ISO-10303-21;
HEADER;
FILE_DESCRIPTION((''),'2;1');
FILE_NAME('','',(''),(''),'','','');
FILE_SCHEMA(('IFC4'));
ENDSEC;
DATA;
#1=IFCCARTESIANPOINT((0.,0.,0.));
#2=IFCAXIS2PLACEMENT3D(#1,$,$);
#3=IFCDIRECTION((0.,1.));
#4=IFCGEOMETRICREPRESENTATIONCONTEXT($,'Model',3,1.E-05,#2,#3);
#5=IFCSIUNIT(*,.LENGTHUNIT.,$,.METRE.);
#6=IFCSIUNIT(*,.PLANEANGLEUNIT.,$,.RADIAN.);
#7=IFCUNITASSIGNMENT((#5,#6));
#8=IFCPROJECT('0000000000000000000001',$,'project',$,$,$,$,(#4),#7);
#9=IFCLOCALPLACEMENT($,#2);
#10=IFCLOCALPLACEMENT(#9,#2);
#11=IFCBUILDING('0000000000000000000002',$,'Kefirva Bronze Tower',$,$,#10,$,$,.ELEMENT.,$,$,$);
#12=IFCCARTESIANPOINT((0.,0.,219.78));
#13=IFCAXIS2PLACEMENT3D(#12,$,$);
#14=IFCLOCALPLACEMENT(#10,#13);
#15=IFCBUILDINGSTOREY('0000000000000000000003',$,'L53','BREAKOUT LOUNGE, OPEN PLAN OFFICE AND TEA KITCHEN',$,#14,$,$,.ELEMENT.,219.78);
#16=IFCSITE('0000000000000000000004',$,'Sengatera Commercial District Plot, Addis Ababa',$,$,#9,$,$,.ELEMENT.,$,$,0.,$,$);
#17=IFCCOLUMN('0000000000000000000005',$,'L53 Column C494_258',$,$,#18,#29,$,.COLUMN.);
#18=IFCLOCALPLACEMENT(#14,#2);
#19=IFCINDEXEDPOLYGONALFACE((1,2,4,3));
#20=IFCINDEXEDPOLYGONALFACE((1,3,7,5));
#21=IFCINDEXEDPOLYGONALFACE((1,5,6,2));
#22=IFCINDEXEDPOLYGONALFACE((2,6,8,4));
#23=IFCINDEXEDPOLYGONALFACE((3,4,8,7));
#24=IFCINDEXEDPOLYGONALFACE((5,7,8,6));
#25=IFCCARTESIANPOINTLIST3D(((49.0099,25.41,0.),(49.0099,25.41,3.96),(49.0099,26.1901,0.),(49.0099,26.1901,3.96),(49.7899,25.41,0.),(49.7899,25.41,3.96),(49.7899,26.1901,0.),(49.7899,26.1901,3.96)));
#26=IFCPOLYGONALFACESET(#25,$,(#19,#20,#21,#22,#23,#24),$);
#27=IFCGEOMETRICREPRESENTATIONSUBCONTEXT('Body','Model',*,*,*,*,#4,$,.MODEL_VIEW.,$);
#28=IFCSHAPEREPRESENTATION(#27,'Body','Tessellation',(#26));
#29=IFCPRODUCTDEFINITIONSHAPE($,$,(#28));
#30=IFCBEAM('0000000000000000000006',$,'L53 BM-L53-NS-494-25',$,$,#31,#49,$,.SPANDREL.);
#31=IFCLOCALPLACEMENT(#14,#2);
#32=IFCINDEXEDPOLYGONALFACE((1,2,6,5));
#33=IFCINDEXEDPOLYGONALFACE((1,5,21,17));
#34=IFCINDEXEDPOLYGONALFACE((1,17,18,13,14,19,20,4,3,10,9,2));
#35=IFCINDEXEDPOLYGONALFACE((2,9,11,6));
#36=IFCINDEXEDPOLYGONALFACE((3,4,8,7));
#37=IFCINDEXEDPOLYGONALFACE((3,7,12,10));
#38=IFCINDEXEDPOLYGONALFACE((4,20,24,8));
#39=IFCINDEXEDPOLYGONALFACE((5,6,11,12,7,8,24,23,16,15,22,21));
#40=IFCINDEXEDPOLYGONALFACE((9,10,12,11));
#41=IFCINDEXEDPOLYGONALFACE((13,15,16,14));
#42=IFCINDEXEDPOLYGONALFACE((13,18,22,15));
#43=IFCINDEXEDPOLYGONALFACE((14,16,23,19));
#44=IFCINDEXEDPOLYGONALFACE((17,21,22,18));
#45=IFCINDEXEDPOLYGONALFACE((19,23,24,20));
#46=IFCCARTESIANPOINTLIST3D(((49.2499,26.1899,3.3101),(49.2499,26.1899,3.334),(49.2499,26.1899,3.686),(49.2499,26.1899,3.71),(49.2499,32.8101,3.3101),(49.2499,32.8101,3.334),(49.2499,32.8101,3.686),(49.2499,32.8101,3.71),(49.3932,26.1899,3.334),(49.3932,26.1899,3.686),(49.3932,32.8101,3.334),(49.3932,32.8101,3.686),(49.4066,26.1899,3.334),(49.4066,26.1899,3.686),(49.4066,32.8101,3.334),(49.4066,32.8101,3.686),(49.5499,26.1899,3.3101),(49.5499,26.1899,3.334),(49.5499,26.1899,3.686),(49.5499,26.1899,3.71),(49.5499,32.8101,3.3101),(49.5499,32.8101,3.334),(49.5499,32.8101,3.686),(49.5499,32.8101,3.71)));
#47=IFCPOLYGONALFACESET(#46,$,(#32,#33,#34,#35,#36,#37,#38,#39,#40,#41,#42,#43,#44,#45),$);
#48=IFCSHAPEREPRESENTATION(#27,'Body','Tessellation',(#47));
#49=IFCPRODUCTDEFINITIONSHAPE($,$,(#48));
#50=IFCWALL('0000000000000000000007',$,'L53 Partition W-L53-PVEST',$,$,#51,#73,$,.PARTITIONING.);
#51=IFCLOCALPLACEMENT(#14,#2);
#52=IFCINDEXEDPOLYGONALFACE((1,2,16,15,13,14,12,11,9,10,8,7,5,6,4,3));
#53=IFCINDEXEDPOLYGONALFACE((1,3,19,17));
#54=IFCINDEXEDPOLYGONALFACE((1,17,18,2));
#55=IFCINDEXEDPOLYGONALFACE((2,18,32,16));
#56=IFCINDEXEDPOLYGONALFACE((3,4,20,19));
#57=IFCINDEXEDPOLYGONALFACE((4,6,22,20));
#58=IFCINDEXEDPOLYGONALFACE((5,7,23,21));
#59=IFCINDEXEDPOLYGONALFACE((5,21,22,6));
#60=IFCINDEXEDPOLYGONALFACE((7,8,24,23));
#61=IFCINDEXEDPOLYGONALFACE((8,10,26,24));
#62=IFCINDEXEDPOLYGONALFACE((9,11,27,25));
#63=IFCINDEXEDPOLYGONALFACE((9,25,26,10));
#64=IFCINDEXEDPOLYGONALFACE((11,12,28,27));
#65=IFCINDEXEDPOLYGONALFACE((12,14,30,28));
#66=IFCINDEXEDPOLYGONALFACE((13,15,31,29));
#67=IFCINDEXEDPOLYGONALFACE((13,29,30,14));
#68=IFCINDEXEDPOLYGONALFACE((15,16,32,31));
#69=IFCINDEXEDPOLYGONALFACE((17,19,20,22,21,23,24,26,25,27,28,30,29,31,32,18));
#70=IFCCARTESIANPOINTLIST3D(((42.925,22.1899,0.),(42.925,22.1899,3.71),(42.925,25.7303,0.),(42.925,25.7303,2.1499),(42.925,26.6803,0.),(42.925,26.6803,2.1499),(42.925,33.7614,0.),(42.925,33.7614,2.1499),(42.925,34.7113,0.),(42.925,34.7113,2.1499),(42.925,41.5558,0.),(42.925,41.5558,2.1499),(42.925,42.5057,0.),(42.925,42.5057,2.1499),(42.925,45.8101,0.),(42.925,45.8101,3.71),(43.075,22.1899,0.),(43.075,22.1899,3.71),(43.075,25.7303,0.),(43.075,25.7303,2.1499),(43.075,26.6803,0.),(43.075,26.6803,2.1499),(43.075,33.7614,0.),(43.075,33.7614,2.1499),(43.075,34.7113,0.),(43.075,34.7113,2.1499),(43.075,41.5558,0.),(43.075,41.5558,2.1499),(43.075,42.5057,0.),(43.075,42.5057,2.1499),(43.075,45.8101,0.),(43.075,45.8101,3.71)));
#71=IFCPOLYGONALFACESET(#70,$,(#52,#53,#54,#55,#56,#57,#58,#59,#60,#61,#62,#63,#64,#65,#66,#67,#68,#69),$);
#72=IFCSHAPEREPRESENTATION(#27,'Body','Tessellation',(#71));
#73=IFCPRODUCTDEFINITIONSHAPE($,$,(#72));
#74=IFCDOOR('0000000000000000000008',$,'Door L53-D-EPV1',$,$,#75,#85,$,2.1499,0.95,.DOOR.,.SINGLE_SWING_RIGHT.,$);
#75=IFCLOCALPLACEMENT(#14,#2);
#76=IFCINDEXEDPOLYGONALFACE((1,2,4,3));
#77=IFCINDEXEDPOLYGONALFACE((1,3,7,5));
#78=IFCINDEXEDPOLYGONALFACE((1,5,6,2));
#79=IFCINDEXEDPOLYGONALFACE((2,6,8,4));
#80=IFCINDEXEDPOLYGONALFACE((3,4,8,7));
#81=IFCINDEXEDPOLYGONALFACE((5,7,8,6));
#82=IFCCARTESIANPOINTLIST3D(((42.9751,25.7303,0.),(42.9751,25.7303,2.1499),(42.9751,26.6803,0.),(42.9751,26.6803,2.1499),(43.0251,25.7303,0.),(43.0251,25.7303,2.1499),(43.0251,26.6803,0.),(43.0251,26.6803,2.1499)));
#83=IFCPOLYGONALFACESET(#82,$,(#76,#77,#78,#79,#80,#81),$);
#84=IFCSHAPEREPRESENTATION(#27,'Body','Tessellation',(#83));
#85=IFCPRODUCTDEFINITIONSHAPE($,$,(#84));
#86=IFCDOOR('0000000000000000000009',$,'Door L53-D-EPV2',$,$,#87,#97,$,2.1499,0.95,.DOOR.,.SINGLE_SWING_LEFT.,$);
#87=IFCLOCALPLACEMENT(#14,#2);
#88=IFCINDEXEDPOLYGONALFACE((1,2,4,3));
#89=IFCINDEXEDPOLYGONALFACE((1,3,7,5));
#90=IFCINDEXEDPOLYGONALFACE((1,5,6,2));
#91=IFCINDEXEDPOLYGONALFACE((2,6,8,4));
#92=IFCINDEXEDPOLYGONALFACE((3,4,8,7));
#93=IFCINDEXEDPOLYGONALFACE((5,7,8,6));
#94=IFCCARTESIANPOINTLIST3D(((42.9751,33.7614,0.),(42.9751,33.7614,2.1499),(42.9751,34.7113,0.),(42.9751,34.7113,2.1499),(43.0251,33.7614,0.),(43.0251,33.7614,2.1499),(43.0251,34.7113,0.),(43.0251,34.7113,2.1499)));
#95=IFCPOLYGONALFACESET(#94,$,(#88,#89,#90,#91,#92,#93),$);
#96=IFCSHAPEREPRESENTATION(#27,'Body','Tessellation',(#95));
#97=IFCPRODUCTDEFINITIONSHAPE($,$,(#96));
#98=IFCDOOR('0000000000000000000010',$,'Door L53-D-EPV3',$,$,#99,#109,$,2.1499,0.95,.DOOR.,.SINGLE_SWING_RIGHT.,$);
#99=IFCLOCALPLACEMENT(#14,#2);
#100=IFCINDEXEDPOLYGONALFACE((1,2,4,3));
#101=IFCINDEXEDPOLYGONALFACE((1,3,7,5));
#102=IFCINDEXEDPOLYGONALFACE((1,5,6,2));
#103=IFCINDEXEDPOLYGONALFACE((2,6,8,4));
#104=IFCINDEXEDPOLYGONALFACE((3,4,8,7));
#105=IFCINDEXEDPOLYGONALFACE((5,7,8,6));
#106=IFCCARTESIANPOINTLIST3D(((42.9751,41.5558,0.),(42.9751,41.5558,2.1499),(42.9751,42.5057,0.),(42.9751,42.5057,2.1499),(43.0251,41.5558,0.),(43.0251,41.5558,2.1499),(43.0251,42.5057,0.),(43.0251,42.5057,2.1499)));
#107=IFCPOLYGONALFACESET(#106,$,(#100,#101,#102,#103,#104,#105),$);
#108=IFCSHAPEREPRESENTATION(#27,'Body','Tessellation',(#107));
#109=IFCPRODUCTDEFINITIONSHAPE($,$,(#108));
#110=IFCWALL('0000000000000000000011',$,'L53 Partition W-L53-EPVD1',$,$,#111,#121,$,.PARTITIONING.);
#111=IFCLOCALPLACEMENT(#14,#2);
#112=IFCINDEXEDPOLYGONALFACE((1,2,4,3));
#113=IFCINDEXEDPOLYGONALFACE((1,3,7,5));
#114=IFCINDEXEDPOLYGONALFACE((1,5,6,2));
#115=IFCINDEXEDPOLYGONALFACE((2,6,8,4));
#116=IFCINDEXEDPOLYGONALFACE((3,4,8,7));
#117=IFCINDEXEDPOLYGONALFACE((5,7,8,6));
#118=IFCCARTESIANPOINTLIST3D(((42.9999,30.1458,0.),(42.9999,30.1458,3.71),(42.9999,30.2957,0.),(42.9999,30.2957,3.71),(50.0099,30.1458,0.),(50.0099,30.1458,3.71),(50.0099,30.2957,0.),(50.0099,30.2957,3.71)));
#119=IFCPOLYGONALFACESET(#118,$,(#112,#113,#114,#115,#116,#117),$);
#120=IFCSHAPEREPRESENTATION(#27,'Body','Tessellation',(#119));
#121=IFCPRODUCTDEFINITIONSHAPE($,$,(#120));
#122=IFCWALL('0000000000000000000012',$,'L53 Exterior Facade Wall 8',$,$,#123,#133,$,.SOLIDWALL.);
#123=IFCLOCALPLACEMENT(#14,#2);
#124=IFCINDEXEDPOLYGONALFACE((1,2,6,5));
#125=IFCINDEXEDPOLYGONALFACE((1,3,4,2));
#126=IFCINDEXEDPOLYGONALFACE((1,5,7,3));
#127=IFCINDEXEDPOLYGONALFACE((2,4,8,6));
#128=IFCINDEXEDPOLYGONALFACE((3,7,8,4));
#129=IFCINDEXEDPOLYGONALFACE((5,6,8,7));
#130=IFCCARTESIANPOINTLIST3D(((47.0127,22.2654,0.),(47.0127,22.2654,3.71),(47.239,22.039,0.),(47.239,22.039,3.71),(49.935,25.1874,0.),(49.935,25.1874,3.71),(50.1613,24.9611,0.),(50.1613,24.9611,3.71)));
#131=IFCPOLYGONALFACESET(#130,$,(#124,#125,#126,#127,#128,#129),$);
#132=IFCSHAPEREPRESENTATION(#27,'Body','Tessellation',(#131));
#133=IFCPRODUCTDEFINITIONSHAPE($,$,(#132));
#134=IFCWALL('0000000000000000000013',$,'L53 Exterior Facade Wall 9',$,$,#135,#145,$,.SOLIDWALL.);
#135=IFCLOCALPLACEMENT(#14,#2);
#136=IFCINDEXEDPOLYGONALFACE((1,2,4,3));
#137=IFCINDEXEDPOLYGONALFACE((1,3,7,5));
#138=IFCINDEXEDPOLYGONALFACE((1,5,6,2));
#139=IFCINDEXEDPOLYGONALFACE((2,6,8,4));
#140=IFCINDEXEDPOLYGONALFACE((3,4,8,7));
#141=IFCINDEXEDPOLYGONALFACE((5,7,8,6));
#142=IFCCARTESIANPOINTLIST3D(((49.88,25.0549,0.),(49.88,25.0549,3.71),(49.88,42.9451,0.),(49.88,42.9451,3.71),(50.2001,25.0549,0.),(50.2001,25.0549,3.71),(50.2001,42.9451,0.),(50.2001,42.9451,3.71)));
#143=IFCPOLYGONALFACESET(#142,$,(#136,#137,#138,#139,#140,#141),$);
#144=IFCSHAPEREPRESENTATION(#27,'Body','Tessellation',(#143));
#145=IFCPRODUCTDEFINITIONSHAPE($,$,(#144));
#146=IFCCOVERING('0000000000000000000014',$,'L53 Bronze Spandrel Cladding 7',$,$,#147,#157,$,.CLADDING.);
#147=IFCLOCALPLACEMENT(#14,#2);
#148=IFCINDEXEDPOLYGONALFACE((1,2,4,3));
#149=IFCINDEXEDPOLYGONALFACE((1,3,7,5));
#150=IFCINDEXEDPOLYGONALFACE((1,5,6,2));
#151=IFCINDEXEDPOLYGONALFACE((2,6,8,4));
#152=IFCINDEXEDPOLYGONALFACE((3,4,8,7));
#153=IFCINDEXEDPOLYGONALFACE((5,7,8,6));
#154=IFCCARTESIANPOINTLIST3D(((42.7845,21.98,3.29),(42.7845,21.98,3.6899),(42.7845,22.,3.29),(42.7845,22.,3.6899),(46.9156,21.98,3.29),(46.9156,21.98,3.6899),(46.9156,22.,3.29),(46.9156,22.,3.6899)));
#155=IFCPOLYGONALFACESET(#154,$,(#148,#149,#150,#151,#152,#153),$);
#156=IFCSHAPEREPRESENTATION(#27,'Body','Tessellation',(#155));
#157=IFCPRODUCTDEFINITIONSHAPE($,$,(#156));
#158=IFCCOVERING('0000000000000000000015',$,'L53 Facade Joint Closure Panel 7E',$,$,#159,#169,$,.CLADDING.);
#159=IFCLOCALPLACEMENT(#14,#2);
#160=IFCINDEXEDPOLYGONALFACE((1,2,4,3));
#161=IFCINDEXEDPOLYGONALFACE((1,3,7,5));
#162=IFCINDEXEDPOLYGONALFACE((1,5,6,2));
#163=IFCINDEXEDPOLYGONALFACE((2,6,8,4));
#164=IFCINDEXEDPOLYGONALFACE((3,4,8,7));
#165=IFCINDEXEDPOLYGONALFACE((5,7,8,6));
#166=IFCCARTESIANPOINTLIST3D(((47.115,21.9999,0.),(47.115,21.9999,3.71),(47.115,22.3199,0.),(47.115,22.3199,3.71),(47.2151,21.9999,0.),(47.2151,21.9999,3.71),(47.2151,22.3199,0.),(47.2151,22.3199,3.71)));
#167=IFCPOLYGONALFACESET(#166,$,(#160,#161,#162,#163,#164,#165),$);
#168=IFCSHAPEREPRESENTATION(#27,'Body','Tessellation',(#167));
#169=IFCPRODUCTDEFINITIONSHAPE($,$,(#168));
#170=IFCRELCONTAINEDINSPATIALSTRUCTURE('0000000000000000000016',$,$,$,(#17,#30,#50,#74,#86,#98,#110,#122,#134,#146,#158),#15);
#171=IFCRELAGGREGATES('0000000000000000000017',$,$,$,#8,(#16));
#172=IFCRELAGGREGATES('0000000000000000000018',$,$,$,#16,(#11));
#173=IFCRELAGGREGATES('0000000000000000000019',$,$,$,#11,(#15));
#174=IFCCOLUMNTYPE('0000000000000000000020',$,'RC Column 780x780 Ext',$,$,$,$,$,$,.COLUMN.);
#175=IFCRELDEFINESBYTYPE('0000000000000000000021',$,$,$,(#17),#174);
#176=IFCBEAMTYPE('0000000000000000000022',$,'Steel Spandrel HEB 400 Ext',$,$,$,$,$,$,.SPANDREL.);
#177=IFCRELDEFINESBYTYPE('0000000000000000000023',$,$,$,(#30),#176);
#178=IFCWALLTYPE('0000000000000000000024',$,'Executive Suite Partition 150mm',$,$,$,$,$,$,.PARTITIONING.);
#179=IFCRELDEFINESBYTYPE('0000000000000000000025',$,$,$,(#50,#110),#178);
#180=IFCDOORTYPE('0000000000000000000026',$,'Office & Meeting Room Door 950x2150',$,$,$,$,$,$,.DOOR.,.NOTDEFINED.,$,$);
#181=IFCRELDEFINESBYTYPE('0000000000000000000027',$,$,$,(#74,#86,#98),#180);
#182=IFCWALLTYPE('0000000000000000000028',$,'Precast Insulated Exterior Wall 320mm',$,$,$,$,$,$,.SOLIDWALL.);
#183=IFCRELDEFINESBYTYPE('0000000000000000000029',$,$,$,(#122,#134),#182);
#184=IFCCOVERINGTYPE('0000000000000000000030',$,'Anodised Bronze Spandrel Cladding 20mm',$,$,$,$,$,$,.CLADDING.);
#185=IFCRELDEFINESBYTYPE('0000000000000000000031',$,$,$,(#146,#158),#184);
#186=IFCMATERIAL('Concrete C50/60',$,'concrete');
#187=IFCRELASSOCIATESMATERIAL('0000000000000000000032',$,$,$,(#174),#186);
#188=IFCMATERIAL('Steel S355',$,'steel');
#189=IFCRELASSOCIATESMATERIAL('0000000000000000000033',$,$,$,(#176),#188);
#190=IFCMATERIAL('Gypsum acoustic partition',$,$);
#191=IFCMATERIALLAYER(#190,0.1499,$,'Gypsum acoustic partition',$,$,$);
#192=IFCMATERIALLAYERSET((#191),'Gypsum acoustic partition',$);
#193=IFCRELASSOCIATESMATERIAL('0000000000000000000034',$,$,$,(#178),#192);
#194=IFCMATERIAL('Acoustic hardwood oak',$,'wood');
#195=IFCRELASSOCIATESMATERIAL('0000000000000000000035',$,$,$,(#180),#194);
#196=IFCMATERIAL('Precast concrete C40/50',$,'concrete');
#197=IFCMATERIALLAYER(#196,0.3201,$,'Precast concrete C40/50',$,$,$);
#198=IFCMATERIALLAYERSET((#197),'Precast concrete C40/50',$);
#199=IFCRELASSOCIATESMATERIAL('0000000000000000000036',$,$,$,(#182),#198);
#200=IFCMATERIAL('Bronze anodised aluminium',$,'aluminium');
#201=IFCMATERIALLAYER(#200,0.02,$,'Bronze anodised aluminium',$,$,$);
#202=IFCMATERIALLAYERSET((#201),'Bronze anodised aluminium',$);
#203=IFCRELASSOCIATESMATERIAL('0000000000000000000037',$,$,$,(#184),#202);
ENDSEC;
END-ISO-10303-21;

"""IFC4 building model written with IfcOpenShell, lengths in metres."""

from ifc_helpers import new_model, si_unit, direction, frame, frame_2d, origin, origin_2d, place, context, subcontext, project, spatial, rectangle, i_section, extrude, material, layer, layer_set, material_profile, profile_set, type_object, element, fill, save


model = new_model("IFC4")

# Units and contexts
model_context = context("Model", 3, precision=1e-05, world=origin(), true_north=direction((0.0, 1.0)))
body_context = subcontext(model_context, "Body", "Model", "MODEL_VIEW")
ifc_project = project(units=[si_unit("LENGTHUNIT", "METRE"), si_unit("PLANEANGLEUNIT", "RADIAN")], contexts=[model_context])

# Site, building, storey
site_placement = place(None, origin())
site = spatial("IfcSite", under=ifc_project, at=site_placement, Name="Sengatera Commercial District Plot, Addis Ababa", CompositionType="ELEMENT", RefElevation=0.0)
building_placement = place(site_placement, origin())
building = spatial("IfcBuilding", under=site, at=building_placement, Name="Kefirva Bronze Tower", CompositionType="ELEMENT")
storey_placement = place(building_placement, frame((0.0, 0.0, 219.78)))
storey = spatial("IfcBuildingStorey", under=building, at=storey_placement, Name="L53", Description="BREAKOUT LOUNGE, OPEN PLAN OFFICE AND TEA KITCHEN", CompositionType="ELEMENT", Elevation=219.78)

# Column
ifc_material_1 = material(Name="Concrete C50/60", Category="concrete")
ifc_material_profile_1 = material_profile(ifc_material_1, rectangle(XDim=0.78, YDim=0.78, at=origin_2d()), Name="RC 780x780")
ifc_profile_set_1 = profile_set([ifc_material_profile_1], Name="Concrete C50/60")
column_type = type_object("IfcColumnType", Name="RC Column 780x780 Ext", PredefinedType="COLUMN", material=ifc_profile_set_1)
column_placement = place(storey_placement, frame((49.3999, 25.8, 0.0), z_axis=(0.0, 0.0, 1.0), x_axis=(1.0, 0.0, 0.0)))
element("IfcColumn", 1, at=column_placement, inside=storey, type_object=column_type, Name="L53 Column C494_258", PredefinedType="COLUMN", context=body_context, shape_type="SweptSolid", body=[
    extrude(rectangle(XDim=0.78, YDim=0.78, at=origin_2d()), origin(), (0.0, 0.0, 1.0), 3.96),
])

# Beam
ifc_material_2 = material(Name="Steel S355", Category="steel")
ifc_material_profile_2 = material_profile(ifc_material_2, i_section(OverallWidth=0.3, OverallDepth=0.3999, WebThickness=0.0134, FlangeThickness=0.0239, at=origin_2d()), Name="HEB 400")
ifc_profile_set_2 = profile_set([ifc_material_profile_2], Name="Steel S355")
beam_type = type_object("IfcBeamType", Name="Steel Spandrel HEB 400 Ext", PredefinedType="SPANDREL", material=ifc_profile_set_2)
beam_placement = place(storey_placement, frame((49.3999, 26.1899, 3.51), z_axis=(0.0, 1.0, 0.0), x_axis=(-1.0, 0.0, 0.0)))
element("IfcBeam", 2, at=beam_placement, inside=storey, type_object=beam_type, Name="L53 BM-L53-NS-494-25", PredefinedType="SPANDREL", context=body_context, shape_type="SweptSolid", body=[
    extrude(i_section(OverallWidth=0.3, OverallDepth=0.3999, WebThickness=0.0134, FlangeThickness=0.0239, at=origin_2d()), origin(), (0.0, 0.0, 1.0), 6.6201),
])

# Wall, openings, doors
ifc_material_3 = material(Name="Gypsum acoustic partition")
ifc_layer_1 = layer(ifc_material_3, 0.1499, Name="Gypsum acoustic partition")
ifc_layer_set_1 = layer_set([ifc_layer_1], Name="Gypsum acoustic partition")
wall_type_1 = type_object("IfcWallType", Name="Executive Suite Partition 150mm", PredefinedType="PARTITIONING", material=ifc_layer_set_1)
wall_1_placement = place(storey_placement, frame((43.0, 22.1899, 0.0), z_axis=(0.0, 0.0, 1.0), x_axis=(0.0, 1.0, 0.0)))
wall_1 = element("IfcWall", 3, at=wall_1_placement, inside=storey, type_object=wall_type_1, Name="L53 Partition W-L53-PVEST", PredefinedType="PARTITIONING", context=body_context, shape_type="SweptSolid", body=[
    extrude(rectangle(XDim=23.6201, YDim=0.1499, at=frame_2d((11.8101, 0.0))), origin(), (0.0, 0.0, 1.0), 3.71),
])
opening_1_placement = place(wall_1_placement, frame((3.5403, 0.0, 0.0)))
opening_1 = element("IfcOpeningElement", 4, at=opening_1_placement, cuts=wall_1, PredefinedType="OPENING", context=body_context, shape_type="SweptSolid", body=[
    extrude(rectangle(XDim=0.95, YDim=2.1499, at=frame_2d((0.4751, 1.075))), frame((0.0, 0.085, 0.0), z_axis=(0.0, -1.0, 0.0), x_axis=(1.0, 0.0, 0.0)), (0.0, 0.0, 1.0), 0.1699),
])
opening_2_placement = place(wall_1_placement, frame((11.5713, 0.0, 0.0)))
opening_2 = element("IfcOpeningElement", 5, at=opening_2_placement, cuts=wall_1, PredefinedType="OPENING", context=body_context, shape_type="SweptSolid", body=[
    extrude(rectangle(XDim=0.95, YDim=2.1499, at=frame_2d((0.4751, 1.075))), frame((0.0, 0.085, 0.0), z_axis=(0.0, -1.0, 0.0), x_axis=(1.0, 0.0, 0.0)), (0.0, 0.0, 1.0), 0.1699),
])
opening_3_placement = place(wall_1_placement, frame((19.3657, 0.0, 0.0)))
opening_3 = element("IfcOpeningElement", 6, at=opening_3_placement, cuts=wall_1, PredefinedType="OPENING", context=body_context, shape_type="SweptSolid", body=[
    extrude(rectangle(XDim=0.95, YDim=2.1499, at=frame_2d((0.4751, 1.075))), frame((0.0, 0.085, 0.0), z_axis=(0.0, -1.0, 0.0), x_axis=(1.0, 0.0, 0.0)), (0.0, 0.0, 1.0), 0.1699),
])
ifc_material_4 = material(Name="Acoustic hardwood oak", Category="wood")
door_type = type_object("IfcDoorType", Name="Office & Meeting Room Door 950x2150", OperationType="NOTDEFINED", PredefinedType="DOOR", material=ifc_material_4)
door_1_placement = place(opening_1_placement, origin())
door_1 = element("IfcDoor", 7, at=door_1_placement, inside=storey, type_object=door_type, Name="Door L53-D-EPV1", OperationType="SINGLE_SWING_RIGHT", OverallHeight=2.1499, OverallWidth=0.95, PredefinedType="DOOR", context=body_context, shape_type="SweptSolid", body=[
    extrude(rectangle(XDim=0.95, YDim=2.1499, at=frame_2d((0.4751, 1.075))), frame((0.0, 0.0249, 0.0), z_axis=(0.0, -1.0, 0.0), x_axis=(1.0, 0.0, 0.0)), (0.0, 0.0, 1.0), 0.05),
])
fill(opening_1, door_1)
door_2_placement = place(opening_2_placement, origin())
door_2 = element("IfcDoor", 8, at=door_2_placement, inside=storey, type_object=door_type, Name="Door L53-D-EPV2", OperationType="SINGLE_SWING_LEFT", OverallHeight=2.1499, OverallWidth=0.95, PredefinedType="DOOR", context=body_context, shape_type="SweptSolid", body=[
    extrude(rectangle(XDim=0.95, YDim=2.1499, at=frame_2d((0.4751, 1.075))), frame((0.0, 0.0249, 0.0), z_axis=(0.0, -1.0, 0.0), x_axis=(1.0, 0.0, 0.0)), (0.0, 0.0, 1.0), 0.05),
])
fill(opening_2, door_2)
door_3_placement = place(opening_3_placement, origin())
door_3 = element("IfcDoor", 9, at=door_3_placement, inside=storey, type_object=door_type, Name="Door L53-D-EPV3", OperationType="SINGLE_SWING_RIGHT", OverallHeight=2.1499, OverallWidth=0.95, PredefinedType="DOOR", context=body_context, shape_type="SweptSolid", body=[
    extrude(rectangle(XDim=0.95, YDim=2.1499, at=frame_2d((0.4751, 1.075))), frame((0.0, 0.0249, 0.0), z_axis=(0.0, -1.0, 0.0), x_axis=(1.0, 0.0, 0.0)), (0.0, 0.0, 1.0), 0.05),
])
fill(opening_3, door_3)

# Walls
wall_2_placement = place(storey_placement, frame((43.0, 30.2207, 0.0), z_axis=(0.0, 0.0, 1.0), x_axis=(1.0, 0.0, 0.0)))
element("IfcWall", 10, at=wall_2_placement, inside=storey, type_object=wall_type_1, Name="L53 Partition W-L53-EPVD1", PredefinedType="PARTITIONING", context=body_context, shape_type="SweptSolid", body=[
    extrude(rectangle(XDim=7.01, YDim=0.1499, at=frame_2d((3.5049, 0.0))), origin(), (0.0, 0.0, 1.0), 3.71),
])
ifc_material_5 = material(Name="Precast concrete C40/50", Category="concrete")
ifc_layer_2 = layer(ifc_material_5, 0.3201, Name="Precast concrete C40/50")
ifc_layer_set_2 = layer_set([ifc_layer_2], Name="Precast concrete C40/50")
wall_type_2 = type_object("IfcWallType", Name="Precast Insulated Exterior Wall 320mm", PredefinedType="SOLIDWALL", material=ifc_layer_set_2)
wall_3_placement = place(storey_placement, frame((47.1257, 22.1521, 0.0), z_axis=(0.0, 0.0, 1.0), x_axis=(0.707136, 0.707077, 0.0)))
element("IfcWall", 11, at=wall_3_placement, inside=storey, type_object=wall_type_2, Name="L53 Exterior Facade Wall 8", PredefinedType="SOLIDWALL", context=body_context, shape_type="SweptSolid", body=[
    extrude(rectangle(XDim=4.1326, YDim=0.3201, at=frame_2d((2.0664, 0.0))), origin(), (0.0, 0.0, 1.0), 3.71),
])
wall_4_placement = place(storey_placement, frame((50.04, 25.0549, 0.0), z_axis=(0.0, 0.0, 1.0), x_axis=(0.0, 1.0, 0.0)))
element("IfcWall", 12, at=wall_4_placement, inside=storey, type_object=wall_type_2, Name="L53 Exterior Facade Wall 9", PredefinedType="SOLIDWALL", context=body_context, shape_type="SweptSolid", body=[
    extrude(rectangle(XDim=17.8901, YDim=0.3201, at=frame_2d((8.9451, 0.0))), origin(), (0.0, 0.0, 1.0), 3.71),
])

# Coverings
ifc_material_6 = material(Name="Bronze anodised aluminium", Category="aluminium")
ifc_layer_3 = layer(ifc_material_6, 0.02, Name="Bronze anodised aluminium")
ifc_layer_set_3 = layer_set([ifc_layer_3], Name="Bronze anodised aluminium")
covering_type_1 = type_object("IfcCoveringType", Name="Anodised Bronze Spandrel Cladding 20mm", PredefinedType="CLADDING", material=ifc_layer_set_3)
covering_1_placement = place(storey_placement, frame((44.8501, 21.99, 3.29), z_axis=(0.0, 0.0, 1.0), x_axis=(1.0, 0.0, 0.0)))
element("IfcCovering", 13, at=covering_1_placement, inside=storey, type_object=covering_type_1, Name="L53 Bronze Spandrel Cladding 7", PredefinedType="CLADDING", context=body_context, shape_type="SweptSolid", body=[
    extrude(rectangle(XDim=4.1311, YDim=0.02, at=origin_2d()), origin(), (0.0, 0.0, 1.0), 0.3999),
])
covering_2_placement = place(storey_placement, frame((47.165, 22.1599, 0.0), z_axis=(0.0, 0.0, 1.0), x_axis=(1.0, 0.0, 0.0)))
element("IfcCovering", 14, at=covering_2_placement, inside=storey, type_object=covering_type_1, Name="L53 Facade Joint Closure Panel 7E", PredefinedType="CLADDING", context=body_context, shape_type="SweptSolid", body=[
    extrude(rectangle(XDim=0.1001, YDim=0.3201, at=origin_2d()), origin(), (0.0, 0.0, 1.0), 3.71),
])

save(model, "model.ifc")
